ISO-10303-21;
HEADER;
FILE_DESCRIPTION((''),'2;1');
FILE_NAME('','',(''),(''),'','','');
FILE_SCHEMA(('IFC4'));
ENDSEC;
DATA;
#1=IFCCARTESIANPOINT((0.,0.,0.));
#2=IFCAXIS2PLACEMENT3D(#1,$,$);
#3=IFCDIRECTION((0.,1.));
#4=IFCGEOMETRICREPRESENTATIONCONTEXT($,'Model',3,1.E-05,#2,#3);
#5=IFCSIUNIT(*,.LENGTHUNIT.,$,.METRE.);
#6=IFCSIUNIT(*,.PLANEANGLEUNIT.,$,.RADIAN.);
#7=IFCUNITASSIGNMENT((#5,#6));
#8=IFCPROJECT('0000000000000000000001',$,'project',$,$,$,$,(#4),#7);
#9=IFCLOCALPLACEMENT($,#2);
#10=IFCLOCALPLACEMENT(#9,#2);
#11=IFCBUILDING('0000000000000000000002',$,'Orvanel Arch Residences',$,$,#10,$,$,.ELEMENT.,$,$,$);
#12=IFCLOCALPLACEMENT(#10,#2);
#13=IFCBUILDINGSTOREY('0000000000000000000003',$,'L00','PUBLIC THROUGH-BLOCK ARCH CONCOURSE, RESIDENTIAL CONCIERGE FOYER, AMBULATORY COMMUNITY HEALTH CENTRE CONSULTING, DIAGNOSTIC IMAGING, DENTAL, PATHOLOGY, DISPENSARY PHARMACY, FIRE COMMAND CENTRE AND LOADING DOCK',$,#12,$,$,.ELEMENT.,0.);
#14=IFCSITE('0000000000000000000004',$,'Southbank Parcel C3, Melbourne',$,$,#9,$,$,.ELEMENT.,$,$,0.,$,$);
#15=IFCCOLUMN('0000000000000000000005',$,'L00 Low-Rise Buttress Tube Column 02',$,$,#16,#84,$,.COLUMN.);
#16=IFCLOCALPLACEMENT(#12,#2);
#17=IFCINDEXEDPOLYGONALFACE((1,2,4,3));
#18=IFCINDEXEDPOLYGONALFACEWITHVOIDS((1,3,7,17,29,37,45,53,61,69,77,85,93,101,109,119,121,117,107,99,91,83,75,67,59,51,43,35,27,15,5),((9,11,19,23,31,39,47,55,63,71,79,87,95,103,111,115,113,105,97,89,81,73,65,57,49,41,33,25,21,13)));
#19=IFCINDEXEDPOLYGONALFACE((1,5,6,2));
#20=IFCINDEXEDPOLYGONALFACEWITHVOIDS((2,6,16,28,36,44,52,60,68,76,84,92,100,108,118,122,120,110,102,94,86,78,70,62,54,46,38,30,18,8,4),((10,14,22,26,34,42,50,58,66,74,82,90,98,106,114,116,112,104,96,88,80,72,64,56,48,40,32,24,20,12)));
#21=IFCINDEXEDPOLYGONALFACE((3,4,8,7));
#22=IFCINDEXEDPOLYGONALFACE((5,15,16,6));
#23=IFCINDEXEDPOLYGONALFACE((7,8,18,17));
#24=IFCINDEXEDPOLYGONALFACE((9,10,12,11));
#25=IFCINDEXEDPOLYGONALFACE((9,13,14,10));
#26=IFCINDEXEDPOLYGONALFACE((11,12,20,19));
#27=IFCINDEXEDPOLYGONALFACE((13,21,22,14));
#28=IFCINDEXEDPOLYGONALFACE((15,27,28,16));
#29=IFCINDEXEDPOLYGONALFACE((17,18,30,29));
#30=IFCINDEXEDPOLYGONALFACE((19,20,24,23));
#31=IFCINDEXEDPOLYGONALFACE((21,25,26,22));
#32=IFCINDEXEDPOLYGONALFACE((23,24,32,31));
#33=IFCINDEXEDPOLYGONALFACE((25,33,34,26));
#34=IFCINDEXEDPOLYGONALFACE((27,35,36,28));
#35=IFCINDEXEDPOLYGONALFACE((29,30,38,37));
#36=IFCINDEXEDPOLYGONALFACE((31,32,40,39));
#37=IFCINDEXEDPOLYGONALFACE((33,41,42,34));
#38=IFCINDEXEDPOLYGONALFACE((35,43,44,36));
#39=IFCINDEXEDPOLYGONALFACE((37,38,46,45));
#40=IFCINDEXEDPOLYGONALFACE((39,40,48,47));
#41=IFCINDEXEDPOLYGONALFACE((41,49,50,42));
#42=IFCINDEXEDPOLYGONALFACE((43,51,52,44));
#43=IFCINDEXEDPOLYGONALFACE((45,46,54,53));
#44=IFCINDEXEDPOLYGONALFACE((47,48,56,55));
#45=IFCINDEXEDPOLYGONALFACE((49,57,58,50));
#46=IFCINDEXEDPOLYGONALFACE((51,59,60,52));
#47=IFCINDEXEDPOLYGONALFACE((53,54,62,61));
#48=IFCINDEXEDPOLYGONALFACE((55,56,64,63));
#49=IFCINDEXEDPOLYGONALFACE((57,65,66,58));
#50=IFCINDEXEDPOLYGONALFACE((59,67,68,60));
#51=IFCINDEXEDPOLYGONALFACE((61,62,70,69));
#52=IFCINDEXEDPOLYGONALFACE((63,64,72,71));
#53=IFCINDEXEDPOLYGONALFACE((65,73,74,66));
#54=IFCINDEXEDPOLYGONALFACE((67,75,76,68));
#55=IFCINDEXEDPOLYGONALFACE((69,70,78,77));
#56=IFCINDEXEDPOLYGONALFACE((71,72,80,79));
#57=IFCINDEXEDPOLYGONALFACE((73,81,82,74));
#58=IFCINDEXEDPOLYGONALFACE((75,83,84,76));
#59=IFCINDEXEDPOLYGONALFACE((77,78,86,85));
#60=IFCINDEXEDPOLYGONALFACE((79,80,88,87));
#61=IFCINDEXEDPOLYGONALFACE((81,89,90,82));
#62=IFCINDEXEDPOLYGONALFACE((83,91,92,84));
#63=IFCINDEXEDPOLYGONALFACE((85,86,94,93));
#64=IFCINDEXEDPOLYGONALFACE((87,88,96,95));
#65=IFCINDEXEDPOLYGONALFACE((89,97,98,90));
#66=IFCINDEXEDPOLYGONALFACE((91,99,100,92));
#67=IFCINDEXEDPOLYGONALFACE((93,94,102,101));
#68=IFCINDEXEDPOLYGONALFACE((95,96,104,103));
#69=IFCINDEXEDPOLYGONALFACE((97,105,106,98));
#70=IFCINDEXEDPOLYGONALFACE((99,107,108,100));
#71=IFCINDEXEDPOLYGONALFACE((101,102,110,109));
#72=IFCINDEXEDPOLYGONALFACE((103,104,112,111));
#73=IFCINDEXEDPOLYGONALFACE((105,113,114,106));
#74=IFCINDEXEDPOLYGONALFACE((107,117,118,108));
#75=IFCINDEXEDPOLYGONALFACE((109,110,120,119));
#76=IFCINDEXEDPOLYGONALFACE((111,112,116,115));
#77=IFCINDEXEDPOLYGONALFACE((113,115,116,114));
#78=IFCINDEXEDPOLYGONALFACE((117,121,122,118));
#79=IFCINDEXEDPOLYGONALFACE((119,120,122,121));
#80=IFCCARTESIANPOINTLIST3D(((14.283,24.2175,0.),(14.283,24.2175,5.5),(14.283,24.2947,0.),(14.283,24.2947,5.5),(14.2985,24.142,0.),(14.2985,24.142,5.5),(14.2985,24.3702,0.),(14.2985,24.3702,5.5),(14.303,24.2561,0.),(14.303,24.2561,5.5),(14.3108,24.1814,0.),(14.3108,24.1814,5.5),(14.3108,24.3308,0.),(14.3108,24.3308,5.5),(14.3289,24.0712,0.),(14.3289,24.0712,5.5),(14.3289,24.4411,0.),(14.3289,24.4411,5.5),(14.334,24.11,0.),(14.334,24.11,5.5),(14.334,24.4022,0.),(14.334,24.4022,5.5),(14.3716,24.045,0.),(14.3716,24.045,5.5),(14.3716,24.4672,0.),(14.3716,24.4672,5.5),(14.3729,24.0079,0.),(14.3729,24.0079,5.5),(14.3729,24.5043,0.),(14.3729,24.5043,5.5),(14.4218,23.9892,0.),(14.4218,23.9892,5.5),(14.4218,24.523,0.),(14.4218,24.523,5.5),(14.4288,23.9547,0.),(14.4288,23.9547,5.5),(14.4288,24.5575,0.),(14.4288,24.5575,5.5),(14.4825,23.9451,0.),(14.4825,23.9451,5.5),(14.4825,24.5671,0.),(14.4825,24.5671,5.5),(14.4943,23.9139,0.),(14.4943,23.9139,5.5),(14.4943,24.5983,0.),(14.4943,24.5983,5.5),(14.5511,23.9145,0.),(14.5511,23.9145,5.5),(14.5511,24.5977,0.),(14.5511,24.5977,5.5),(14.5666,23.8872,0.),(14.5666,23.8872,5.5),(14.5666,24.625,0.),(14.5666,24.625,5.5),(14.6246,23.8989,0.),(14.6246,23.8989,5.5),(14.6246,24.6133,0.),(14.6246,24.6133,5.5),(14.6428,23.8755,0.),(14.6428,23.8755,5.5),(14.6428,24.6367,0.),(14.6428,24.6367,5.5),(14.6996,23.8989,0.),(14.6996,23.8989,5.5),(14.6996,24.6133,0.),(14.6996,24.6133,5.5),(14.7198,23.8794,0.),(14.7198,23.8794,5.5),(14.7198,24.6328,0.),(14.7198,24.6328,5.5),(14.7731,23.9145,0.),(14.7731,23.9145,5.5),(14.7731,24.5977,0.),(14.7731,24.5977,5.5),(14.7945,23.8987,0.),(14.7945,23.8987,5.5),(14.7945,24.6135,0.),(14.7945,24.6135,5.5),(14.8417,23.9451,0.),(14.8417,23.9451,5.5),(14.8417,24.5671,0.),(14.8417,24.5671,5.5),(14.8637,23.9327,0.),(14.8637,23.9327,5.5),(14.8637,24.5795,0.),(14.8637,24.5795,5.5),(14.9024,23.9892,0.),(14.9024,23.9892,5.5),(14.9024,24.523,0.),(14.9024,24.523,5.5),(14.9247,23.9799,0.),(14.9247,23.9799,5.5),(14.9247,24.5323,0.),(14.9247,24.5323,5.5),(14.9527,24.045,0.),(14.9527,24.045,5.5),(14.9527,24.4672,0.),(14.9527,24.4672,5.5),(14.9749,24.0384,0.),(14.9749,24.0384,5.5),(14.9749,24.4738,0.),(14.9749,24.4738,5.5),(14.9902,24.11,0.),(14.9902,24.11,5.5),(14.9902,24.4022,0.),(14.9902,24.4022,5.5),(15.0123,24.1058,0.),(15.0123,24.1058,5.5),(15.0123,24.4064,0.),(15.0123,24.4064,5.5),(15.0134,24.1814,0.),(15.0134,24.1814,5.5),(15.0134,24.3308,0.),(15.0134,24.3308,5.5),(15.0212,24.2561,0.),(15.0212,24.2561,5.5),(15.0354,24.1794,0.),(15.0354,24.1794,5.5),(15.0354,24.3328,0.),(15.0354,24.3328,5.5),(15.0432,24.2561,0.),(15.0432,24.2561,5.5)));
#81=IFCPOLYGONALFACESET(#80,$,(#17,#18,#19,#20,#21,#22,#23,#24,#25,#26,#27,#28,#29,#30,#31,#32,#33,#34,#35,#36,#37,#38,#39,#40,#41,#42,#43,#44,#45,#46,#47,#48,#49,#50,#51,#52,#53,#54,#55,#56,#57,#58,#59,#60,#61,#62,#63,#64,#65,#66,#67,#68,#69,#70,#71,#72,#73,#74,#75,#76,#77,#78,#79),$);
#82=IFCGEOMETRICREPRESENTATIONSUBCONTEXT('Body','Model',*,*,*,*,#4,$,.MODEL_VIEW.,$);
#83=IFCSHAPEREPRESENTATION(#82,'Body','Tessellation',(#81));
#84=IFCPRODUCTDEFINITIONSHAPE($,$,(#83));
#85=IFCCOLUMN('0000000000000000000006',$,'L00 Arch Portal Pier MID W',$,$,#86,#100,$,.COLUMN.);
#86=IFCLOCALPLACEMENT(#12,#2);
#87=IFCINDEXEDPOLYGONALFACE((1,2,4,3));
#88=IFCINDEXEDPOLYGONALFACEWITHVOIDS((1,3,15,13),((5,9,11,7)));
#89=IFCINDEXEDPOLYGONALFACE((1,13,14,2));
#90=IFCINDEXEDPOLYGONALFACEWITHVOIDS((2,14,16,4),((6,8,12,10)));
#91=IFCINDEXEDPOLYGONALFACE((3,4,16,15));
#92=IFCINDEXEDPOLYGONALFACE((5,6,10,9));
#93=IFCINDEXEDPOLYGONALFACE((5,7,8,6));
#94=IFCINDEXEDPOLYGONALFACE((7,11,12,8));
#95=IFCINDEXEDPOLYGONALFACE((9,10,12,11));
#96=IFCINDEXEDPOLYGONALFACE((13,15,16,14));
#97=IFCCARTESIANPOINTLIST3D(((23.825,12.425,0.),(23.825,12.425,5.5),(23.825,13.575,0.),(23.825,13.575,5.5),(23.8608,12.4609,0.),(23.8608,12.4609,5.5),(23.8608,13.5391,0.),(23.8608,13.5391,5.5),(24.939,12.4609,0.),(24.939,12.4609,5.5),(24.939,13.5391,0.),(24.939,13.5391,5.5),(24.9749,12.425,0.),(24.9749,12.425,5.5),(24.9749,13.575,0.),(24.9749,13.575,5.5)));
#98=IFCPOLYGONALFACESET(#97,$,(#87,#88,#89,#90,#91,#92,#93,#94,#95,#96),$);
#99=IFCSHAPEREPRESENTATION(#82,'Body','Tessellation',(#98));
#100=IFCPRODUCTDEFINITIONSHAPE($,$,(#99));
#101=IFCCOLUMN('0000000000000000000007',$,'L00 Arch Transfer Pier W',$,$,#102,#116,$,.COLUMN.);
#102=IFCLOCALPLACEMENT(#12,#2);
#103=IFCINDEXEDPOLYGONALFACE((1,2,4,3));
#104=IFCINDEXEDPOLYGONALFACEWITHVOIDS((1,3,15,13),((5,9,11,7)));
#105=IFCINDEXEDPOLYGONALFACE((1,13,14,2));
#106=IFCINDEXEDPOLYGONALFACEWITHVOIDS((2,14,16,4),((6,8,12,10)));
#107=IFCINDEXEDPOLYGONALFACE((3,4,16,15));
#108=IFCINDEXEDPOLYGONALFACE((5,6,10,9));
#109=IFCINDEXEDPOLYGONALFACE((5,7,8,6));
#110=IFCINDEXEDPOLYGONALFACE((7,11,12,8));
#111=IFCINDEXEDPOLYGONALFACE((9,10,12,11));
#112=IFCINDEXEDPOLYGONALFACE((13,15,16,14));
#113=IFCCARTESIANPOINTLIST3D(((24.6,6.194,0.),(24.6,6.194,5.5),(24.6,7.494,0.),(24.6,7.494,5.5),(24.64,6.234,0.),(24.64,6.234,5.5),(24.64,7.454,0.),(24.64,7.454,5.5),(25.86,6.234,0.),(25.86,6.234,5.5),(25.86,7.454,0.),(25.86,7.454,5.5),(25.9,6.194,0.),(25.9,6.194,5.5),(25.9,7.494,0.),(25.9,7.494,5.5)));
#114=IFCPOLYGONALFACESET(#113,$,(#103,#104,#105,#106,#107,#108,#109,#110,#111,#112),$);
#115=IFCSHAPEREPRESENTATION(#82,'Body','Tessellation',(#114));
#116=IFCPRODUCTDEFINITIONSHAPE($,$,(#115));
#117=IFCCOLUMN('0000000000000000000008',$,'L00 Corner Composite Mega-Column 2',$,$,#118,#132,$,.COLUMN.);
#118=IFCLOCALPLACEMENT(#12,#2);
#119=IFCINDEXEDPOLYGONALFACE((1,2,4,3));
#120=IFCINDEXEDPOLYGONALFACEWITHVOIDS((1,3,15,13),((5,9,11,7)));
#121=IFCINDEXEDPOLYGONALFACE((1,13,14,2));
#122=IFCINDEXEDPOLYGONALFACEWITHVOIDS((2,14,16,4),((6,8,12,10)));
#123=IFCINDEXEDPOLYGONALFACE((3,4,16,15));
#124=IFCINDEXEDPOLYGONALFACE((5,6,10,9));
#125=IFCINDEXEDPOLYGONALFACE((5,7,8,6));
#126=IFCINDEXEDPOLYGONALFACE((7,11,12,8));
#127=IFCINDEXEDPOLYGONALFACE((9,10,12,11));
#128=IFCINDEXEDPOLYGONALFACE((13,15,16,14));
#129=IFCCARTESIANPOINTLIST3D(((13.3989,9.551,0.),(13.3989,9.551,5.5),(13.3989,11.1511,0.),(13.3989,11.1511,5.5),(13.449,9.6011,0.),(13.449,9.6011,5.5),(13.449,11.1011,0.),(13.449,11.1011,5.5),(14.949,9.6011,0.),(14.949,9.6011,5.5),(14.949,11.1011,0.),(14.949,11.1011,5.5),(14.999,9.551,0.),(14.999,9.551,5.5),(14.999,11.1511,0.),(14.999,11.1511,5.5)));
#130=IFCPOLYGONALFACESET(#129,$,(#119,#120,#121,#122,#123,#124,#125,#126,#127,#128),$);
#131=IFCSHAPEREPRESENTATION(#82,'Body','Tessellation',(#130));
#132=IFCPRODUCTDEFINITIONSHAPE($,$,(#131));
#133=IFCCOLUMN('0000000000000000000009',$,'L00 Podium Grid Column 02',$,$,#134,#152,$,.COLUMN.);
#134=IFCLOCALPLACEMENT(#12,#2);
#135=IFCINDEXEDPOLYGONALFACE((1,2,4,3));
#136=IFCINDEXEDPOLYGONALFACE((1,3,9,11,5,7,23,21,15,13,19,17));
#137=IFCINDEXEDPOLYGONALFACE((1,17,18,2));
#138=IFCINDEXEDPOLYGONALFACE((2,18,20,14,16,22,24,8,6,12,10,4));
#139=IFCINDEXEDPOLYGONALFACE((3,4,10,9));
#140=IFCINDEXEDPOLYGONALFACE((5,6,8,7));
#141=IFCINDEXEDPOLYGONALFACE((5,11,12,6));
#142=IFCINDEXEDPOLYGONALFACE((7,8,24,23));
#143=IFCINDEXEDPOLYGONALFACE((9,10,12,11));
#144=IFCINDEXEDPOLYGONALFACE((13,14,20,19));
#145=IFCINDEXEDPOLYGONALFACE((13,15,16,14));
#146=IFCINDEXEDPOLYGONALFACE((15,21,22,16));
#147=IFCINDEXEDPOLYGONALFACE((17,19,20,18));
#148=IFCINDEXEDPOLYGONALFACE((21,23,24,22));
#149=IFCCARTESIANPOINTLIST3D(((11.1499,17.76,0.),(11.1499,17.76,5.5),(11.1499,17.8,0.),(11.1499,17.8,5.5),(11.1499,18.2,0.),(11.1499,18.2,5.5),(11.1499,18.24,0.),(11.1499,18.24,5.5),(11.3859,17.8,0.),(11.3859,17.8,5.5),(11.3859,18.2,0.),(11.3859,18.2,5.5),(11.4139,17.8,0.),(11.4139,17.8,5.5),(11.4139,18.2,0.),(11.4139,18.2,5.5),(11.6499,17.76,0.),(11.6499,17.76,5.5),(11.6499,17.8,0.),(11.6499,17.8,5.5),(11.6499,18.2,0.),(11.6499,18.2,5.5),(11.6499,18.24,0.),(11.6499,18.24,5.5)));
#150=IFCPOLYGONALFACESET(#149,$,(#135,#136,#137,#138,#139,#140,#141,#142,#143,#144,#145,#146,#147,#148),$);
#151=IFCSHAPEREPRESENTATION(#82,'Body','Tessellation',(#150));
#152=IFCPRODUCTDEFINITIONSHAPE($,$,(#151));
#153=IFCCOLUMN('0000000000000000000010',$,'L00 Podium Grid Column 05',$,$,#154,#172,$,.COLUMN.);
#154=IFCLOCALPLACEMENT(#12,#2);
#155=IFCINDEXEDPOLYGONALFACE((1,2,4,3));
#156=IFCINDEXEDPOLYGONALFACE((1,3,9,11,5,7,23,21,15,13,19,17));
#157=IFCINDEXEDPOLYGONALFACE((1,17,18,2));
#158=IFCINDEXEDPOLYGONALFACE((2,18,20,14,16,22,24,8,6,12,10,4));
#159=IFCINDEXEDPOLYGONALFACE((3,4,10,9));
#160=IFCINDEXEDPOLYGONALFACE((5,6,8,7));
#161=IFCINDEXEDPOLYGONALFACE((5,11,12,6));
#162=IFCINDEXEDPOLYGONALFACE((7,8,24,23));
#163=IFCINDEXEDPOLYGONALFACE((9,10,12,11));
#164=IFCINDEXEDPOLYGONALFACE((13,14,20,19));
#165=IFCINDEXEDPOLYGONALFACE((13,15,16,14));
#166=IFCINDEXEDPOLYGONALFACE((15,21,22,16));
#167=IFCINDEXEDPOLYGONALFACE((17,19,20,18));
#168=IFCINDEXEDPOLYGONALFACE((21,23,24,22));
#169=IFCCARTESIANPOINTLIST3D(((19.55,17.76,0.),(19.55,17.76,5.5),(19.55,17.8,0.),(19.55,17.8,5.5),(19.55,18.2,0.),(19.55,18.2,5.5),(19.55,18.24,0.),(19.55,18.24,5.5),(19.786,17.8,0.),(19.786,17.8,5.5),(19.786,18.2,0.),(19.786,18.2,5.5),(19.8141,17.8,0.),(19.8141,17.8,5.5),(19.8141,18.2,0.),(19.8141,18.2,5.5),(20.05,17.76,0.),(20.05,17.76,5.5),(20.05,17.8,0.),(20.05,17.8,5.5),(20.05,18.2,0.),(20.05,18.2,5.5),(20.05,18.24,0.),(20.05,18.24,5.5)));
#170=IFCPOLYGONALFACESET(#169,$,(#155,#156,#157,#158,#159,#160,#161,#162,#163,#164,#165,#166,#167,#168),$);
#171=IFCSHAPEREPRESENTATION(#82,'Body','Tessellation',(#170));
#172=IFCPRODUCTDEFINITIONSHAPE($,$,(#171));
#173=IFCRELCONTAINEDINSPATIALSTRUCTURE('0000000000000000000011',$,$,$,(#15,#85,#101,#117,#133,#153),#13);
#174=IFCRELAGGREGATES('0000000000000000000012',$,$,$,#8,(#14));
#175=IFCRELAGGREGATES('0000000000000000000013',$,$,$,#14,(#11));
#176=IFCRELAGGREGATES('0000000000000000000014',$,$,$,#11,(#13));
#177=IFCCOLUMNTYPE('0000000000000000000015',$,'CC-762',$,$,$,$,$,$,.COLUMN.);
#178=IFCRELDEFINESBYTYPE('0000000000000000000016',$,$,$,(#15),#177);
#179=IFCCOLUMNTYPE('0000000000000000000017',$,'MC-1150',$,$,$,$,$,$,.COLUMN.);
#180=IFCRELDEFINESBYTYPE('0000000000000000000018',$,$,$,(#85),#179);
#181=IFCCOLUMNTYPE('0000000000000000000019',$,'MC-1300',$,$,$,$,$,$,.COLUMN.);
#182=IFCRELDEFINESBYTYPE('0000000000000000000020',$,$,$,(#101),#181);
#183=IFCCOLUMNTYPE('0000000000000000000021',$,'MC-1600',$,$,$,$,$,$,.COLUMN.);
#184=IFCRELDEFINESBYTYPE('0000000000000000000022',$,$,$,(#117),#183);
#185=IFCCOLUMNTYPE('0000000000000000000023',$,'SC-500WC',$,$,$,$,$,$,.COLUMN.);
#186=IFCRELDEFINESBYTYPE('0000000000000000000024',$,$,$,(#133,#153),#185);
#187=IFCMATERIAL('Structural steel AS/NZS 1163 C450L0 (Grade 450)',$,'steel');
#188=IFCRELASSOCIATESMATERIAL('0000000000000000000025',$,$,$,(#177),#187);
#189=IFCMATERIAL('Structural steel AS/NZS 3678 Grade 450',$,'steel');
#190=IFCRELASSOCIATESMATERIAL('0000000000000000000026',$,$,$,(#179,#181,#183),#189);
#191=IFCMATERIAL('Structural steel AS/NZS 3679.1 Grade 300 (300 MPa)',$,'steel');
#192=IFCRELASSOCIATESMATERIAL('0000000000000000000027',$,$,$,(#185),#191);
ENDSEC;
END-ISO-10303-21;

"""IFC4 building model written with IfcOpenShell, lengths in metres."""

from ifc_helpers import new_model, si_unit, direction, frame, origin, origin_2d, place, context, subcontext, project, spatial, hollow_rectangle, hollow_circle, i_section, extrude, material, material_profile, profile_set, type_object, element, save


model = new_model("IFC4")

# Units and contexts
model_context = context("Model", 3, precision=1e-05, world=origin(), true_north=direction((0.0, 1.0)))
body_context = subcontext(model_context, "Body", "Model", "MODEL_VIEW")
ifc_project = project(units=[si_unit("LENGTHUNIT", "METRE"), si_unit("PLANEANGLEUNIT", "RADIAN")], contexts=[model_context])

# Site, building, storey
site_placement = place(None, origin())
site = spatial("IfcSite", under=ifc_project, at=site_placement, Name="Southbank Parcel C3, Melbourne", CompositionType="ELEMENT", RefElevation=0.0)
building_placement = place(site_placement, origin())
building = spatial("IfcBuilding", under=site, at=building_placement, Name="Orvanel Arch Residences", CompositionType="ELEMENT")
storey_placement = place(building_placement, origin())
storey = spatial("IfcBuildingStorey", under=building, at=storey_placement, Name="L00", Description="PUBLIC THROUGH-BLOCK ARCH CONCOURSE, RESIDENTIAL CONCIERGE FOYER, AMBULATORY COMMUNITY HEALTH CENTRE CONSULTING, DIAGNOSTIC IMAGING, DENTAL, PATHOLOGY, DISPENSARY PHARMACY, FIRE COMMAND CENTRE AND LOADING DOCK", CompositionType="ELEMENT", Elevation=0.0)

# Columns
ifc_material_1 = material(Name="Structural steel AS/NZS 1163 C450L0 (Grade 450)", Category="steel")
ifc_material_profile_1 = material_profile(ifc_material_1, hollow_circle(Radius=0.3811, WallThickness=0.022, at=origin_2d()), Name="CHS762x22")
ifc_profile_set_1 = profile_set([ifc_material_profile_1], Name="Structural steel AS/NZS 1163 C450L0 (Grade 450)")
column_type_1 = type_object("IfcColumnType", Name="CC-762", PredefinedType="COLUMN", material=ifc_profile_set_1)
column_1_placement = place(storey_placement, frame((14.6621, 24.2561, 0.0), z_axis=(0.0, 0.0, 1.0), x_axis=(1.0, 0.0, 0.0)))
element("IfcColumn", 1, at=column_1_placement, inside=storey, type_object=column_type_1, Name="L00 Low-Rise Buttress Tube Column 02", PredefinedType="COLUMN", context=body_context, shape_type="SweptSolid", body=[
    extrude(hollow_circle(Radius=0.3811, WallThickness=0.022, at=origin_2d()), origin(), (0.0, 0.0, 1.0), 5.5),
])
ifc_material_2 = material(Name="Structural steel AS/NZS 3678 Grade 450", Category="steel")
ifc_material_profile_2 = material_profile(ifc_material_2, hollow_rectangle(XDim=1.1499, YDim=1.1499, WallThickness=0.0359, at=origin_2d()), Name="BOX1150x1150x36")
ifc_profile_set_2 = profile_set([ifc_material_profile_2], Name="Structural steel AS/NZS 3678 Grade 450")
column_type_2 = type_object("IfcColumnType", Name="MC-1150", PredefinedType="COLUMN", material=ifc_profile_set_2)
column_2_placement = place(storey_placement, frame((24.3999, 13.0, 0.0), z_axis=(0.0, 0.0, 1.0), x_axis=(1.0, 0.0, 0.0)))
element("IfcColumn", 2, at=column_2_placement, inside=storey, type_object=column_type_2, Name="L00 Arch Portal Pier MID W", PredefinedType="COLUMN", context=body_context, shape_type="SweptSolid", body=[
    extrude(hollow_rectangle(XDim=1.1499, YDim=1.1499, WallThickness=0.0359, at=origin_2d()), origin(), (0.0, 0.0, 1.0), 5.5),
])
ifc_material_profile_3 = material_profile(ifc_material_2, hollow_rectangle(XDim=1.3, YDim=1.3, WallThickness=0.04, at=origin_2d()), Name="BOX1300x1300x40")
ifc_profile_set_3 = profile_set([ifc_material_profile_3], Name="Structural steel AS/NZS 3678 Grade 450")
column_type_3 = type_object("IfcColumnType", Name="MC-1300", PredefinedType="COLUMN", material=ifc_profile_set_3)
column_3_placement = place(storey_placement, frame((25.25, 6.844, 0.0), z_axis=(0.0, 0.0, 1.0), x_axis=(1.0, 0.0, 0.0)))
element("IfcColumn", 3, at=column_3_placement, inside=storey, type_object=column_type_3, Name="L00 Arch Transfer Pier W", PredefinedType="COLUMN", context=body_context, shape_type="SweptSolid", body=[
    extrude(hollow_rectangle(XDim=1.3, YDim=1.3, WallThickness=0.04, at=origin_2d()), origin(), (0.0, 0.0, 1.0), 5.5),
])
ifc_material_profile_4 = material_profile(ifc_material_2, hollow_rectangle(XDim=1.6001, YDim=1.6001, WallThickness=0.05, at=origin_2d()), Name="BOX1600x1600x50")
ifc_profile_set_4 = profile_set([ifc_material_profile_4], Name="Structural steel AS/NZS 3678 Grade 450")
column_type_4 = type_object("IfcColumnType", Name="MC-1600", PredefinedType="COLUMN", material=ifc_profile_set_4)
column_4_placement = place(storey_placement, frame((14.199, 10.3511, 0.0), z_axis=(0.0, 0.0, 1.0), x_axis=(1.0, 0.0, 0.0)))
element("IfcColumn", 4, at=column_4_placement, inside=storey, type_object=column_type_4, Name="L00 Corner Composite Mega-Column 2", PredefinedType="COLUMN", context=body_context, shape_type="SweptSolid", body=[
    extrude(hollow_rectangle(XDim=1.6001, YDim=1.6001, WallThickness=0.05, at=origin_2d()), origin(), (0.0, 0.0, 1.0), 5.5),
])
ifc_material_3 = material(Name="Structural steel AS/NZS 3679.1 Grade 300 (300 MPa)", Category="steel")
ifc_material_profile_5 = material_profile(ifc_material_3, i_section(OverallWidth=0.5, OverallDepth=0.48, WebThickness=0.0281, FlangeThickness=0.04, at=origin_2d()), Name="500WC440")
ifc_profile_set_5 = profile_set([ifc_material_profile_5], Name="Structural steel AS/NZS 3679.1 Grade 300 (300 MPa)")
column_type_5 = type_object("IfcColumnType", Name="SC-500WC", PredefinedType="COLUMN", material=ifc_profile_set_5)
for number, where, z_axis, x_axis, name in (
    (5, (11.3999, 18.0, 0.0), (0.0, 0.0, 1.0), (1.0, 0.0, 0.0), "L00 Podium Grid Column 02"),
    (6, (19.8, 18.0, 0.0), (0.0, 0.0, 1.0), (1.0, 0.0, 0.0), "L00 Podium Grid Column 05"),
):
    element("IfcColumn", number, at=place(storey_placement, frame(where, z_axis=z_axis, x_axis=x_axis)), inside=storey, type_object=column_type_5, Name=name, PredefinedType="COLUMN", context=body_context, shape_type="SweptSolid", body=[
        extrude(i_section(OverallWidth=0.5, OverallDepth=0.48, WebThickness=0.0281, FlangeThickness=0.04, at=origin_2d()), origin(), (0.0, 0.0, 1.0), 5.5),
    ])

save(model, "model.ifc")
